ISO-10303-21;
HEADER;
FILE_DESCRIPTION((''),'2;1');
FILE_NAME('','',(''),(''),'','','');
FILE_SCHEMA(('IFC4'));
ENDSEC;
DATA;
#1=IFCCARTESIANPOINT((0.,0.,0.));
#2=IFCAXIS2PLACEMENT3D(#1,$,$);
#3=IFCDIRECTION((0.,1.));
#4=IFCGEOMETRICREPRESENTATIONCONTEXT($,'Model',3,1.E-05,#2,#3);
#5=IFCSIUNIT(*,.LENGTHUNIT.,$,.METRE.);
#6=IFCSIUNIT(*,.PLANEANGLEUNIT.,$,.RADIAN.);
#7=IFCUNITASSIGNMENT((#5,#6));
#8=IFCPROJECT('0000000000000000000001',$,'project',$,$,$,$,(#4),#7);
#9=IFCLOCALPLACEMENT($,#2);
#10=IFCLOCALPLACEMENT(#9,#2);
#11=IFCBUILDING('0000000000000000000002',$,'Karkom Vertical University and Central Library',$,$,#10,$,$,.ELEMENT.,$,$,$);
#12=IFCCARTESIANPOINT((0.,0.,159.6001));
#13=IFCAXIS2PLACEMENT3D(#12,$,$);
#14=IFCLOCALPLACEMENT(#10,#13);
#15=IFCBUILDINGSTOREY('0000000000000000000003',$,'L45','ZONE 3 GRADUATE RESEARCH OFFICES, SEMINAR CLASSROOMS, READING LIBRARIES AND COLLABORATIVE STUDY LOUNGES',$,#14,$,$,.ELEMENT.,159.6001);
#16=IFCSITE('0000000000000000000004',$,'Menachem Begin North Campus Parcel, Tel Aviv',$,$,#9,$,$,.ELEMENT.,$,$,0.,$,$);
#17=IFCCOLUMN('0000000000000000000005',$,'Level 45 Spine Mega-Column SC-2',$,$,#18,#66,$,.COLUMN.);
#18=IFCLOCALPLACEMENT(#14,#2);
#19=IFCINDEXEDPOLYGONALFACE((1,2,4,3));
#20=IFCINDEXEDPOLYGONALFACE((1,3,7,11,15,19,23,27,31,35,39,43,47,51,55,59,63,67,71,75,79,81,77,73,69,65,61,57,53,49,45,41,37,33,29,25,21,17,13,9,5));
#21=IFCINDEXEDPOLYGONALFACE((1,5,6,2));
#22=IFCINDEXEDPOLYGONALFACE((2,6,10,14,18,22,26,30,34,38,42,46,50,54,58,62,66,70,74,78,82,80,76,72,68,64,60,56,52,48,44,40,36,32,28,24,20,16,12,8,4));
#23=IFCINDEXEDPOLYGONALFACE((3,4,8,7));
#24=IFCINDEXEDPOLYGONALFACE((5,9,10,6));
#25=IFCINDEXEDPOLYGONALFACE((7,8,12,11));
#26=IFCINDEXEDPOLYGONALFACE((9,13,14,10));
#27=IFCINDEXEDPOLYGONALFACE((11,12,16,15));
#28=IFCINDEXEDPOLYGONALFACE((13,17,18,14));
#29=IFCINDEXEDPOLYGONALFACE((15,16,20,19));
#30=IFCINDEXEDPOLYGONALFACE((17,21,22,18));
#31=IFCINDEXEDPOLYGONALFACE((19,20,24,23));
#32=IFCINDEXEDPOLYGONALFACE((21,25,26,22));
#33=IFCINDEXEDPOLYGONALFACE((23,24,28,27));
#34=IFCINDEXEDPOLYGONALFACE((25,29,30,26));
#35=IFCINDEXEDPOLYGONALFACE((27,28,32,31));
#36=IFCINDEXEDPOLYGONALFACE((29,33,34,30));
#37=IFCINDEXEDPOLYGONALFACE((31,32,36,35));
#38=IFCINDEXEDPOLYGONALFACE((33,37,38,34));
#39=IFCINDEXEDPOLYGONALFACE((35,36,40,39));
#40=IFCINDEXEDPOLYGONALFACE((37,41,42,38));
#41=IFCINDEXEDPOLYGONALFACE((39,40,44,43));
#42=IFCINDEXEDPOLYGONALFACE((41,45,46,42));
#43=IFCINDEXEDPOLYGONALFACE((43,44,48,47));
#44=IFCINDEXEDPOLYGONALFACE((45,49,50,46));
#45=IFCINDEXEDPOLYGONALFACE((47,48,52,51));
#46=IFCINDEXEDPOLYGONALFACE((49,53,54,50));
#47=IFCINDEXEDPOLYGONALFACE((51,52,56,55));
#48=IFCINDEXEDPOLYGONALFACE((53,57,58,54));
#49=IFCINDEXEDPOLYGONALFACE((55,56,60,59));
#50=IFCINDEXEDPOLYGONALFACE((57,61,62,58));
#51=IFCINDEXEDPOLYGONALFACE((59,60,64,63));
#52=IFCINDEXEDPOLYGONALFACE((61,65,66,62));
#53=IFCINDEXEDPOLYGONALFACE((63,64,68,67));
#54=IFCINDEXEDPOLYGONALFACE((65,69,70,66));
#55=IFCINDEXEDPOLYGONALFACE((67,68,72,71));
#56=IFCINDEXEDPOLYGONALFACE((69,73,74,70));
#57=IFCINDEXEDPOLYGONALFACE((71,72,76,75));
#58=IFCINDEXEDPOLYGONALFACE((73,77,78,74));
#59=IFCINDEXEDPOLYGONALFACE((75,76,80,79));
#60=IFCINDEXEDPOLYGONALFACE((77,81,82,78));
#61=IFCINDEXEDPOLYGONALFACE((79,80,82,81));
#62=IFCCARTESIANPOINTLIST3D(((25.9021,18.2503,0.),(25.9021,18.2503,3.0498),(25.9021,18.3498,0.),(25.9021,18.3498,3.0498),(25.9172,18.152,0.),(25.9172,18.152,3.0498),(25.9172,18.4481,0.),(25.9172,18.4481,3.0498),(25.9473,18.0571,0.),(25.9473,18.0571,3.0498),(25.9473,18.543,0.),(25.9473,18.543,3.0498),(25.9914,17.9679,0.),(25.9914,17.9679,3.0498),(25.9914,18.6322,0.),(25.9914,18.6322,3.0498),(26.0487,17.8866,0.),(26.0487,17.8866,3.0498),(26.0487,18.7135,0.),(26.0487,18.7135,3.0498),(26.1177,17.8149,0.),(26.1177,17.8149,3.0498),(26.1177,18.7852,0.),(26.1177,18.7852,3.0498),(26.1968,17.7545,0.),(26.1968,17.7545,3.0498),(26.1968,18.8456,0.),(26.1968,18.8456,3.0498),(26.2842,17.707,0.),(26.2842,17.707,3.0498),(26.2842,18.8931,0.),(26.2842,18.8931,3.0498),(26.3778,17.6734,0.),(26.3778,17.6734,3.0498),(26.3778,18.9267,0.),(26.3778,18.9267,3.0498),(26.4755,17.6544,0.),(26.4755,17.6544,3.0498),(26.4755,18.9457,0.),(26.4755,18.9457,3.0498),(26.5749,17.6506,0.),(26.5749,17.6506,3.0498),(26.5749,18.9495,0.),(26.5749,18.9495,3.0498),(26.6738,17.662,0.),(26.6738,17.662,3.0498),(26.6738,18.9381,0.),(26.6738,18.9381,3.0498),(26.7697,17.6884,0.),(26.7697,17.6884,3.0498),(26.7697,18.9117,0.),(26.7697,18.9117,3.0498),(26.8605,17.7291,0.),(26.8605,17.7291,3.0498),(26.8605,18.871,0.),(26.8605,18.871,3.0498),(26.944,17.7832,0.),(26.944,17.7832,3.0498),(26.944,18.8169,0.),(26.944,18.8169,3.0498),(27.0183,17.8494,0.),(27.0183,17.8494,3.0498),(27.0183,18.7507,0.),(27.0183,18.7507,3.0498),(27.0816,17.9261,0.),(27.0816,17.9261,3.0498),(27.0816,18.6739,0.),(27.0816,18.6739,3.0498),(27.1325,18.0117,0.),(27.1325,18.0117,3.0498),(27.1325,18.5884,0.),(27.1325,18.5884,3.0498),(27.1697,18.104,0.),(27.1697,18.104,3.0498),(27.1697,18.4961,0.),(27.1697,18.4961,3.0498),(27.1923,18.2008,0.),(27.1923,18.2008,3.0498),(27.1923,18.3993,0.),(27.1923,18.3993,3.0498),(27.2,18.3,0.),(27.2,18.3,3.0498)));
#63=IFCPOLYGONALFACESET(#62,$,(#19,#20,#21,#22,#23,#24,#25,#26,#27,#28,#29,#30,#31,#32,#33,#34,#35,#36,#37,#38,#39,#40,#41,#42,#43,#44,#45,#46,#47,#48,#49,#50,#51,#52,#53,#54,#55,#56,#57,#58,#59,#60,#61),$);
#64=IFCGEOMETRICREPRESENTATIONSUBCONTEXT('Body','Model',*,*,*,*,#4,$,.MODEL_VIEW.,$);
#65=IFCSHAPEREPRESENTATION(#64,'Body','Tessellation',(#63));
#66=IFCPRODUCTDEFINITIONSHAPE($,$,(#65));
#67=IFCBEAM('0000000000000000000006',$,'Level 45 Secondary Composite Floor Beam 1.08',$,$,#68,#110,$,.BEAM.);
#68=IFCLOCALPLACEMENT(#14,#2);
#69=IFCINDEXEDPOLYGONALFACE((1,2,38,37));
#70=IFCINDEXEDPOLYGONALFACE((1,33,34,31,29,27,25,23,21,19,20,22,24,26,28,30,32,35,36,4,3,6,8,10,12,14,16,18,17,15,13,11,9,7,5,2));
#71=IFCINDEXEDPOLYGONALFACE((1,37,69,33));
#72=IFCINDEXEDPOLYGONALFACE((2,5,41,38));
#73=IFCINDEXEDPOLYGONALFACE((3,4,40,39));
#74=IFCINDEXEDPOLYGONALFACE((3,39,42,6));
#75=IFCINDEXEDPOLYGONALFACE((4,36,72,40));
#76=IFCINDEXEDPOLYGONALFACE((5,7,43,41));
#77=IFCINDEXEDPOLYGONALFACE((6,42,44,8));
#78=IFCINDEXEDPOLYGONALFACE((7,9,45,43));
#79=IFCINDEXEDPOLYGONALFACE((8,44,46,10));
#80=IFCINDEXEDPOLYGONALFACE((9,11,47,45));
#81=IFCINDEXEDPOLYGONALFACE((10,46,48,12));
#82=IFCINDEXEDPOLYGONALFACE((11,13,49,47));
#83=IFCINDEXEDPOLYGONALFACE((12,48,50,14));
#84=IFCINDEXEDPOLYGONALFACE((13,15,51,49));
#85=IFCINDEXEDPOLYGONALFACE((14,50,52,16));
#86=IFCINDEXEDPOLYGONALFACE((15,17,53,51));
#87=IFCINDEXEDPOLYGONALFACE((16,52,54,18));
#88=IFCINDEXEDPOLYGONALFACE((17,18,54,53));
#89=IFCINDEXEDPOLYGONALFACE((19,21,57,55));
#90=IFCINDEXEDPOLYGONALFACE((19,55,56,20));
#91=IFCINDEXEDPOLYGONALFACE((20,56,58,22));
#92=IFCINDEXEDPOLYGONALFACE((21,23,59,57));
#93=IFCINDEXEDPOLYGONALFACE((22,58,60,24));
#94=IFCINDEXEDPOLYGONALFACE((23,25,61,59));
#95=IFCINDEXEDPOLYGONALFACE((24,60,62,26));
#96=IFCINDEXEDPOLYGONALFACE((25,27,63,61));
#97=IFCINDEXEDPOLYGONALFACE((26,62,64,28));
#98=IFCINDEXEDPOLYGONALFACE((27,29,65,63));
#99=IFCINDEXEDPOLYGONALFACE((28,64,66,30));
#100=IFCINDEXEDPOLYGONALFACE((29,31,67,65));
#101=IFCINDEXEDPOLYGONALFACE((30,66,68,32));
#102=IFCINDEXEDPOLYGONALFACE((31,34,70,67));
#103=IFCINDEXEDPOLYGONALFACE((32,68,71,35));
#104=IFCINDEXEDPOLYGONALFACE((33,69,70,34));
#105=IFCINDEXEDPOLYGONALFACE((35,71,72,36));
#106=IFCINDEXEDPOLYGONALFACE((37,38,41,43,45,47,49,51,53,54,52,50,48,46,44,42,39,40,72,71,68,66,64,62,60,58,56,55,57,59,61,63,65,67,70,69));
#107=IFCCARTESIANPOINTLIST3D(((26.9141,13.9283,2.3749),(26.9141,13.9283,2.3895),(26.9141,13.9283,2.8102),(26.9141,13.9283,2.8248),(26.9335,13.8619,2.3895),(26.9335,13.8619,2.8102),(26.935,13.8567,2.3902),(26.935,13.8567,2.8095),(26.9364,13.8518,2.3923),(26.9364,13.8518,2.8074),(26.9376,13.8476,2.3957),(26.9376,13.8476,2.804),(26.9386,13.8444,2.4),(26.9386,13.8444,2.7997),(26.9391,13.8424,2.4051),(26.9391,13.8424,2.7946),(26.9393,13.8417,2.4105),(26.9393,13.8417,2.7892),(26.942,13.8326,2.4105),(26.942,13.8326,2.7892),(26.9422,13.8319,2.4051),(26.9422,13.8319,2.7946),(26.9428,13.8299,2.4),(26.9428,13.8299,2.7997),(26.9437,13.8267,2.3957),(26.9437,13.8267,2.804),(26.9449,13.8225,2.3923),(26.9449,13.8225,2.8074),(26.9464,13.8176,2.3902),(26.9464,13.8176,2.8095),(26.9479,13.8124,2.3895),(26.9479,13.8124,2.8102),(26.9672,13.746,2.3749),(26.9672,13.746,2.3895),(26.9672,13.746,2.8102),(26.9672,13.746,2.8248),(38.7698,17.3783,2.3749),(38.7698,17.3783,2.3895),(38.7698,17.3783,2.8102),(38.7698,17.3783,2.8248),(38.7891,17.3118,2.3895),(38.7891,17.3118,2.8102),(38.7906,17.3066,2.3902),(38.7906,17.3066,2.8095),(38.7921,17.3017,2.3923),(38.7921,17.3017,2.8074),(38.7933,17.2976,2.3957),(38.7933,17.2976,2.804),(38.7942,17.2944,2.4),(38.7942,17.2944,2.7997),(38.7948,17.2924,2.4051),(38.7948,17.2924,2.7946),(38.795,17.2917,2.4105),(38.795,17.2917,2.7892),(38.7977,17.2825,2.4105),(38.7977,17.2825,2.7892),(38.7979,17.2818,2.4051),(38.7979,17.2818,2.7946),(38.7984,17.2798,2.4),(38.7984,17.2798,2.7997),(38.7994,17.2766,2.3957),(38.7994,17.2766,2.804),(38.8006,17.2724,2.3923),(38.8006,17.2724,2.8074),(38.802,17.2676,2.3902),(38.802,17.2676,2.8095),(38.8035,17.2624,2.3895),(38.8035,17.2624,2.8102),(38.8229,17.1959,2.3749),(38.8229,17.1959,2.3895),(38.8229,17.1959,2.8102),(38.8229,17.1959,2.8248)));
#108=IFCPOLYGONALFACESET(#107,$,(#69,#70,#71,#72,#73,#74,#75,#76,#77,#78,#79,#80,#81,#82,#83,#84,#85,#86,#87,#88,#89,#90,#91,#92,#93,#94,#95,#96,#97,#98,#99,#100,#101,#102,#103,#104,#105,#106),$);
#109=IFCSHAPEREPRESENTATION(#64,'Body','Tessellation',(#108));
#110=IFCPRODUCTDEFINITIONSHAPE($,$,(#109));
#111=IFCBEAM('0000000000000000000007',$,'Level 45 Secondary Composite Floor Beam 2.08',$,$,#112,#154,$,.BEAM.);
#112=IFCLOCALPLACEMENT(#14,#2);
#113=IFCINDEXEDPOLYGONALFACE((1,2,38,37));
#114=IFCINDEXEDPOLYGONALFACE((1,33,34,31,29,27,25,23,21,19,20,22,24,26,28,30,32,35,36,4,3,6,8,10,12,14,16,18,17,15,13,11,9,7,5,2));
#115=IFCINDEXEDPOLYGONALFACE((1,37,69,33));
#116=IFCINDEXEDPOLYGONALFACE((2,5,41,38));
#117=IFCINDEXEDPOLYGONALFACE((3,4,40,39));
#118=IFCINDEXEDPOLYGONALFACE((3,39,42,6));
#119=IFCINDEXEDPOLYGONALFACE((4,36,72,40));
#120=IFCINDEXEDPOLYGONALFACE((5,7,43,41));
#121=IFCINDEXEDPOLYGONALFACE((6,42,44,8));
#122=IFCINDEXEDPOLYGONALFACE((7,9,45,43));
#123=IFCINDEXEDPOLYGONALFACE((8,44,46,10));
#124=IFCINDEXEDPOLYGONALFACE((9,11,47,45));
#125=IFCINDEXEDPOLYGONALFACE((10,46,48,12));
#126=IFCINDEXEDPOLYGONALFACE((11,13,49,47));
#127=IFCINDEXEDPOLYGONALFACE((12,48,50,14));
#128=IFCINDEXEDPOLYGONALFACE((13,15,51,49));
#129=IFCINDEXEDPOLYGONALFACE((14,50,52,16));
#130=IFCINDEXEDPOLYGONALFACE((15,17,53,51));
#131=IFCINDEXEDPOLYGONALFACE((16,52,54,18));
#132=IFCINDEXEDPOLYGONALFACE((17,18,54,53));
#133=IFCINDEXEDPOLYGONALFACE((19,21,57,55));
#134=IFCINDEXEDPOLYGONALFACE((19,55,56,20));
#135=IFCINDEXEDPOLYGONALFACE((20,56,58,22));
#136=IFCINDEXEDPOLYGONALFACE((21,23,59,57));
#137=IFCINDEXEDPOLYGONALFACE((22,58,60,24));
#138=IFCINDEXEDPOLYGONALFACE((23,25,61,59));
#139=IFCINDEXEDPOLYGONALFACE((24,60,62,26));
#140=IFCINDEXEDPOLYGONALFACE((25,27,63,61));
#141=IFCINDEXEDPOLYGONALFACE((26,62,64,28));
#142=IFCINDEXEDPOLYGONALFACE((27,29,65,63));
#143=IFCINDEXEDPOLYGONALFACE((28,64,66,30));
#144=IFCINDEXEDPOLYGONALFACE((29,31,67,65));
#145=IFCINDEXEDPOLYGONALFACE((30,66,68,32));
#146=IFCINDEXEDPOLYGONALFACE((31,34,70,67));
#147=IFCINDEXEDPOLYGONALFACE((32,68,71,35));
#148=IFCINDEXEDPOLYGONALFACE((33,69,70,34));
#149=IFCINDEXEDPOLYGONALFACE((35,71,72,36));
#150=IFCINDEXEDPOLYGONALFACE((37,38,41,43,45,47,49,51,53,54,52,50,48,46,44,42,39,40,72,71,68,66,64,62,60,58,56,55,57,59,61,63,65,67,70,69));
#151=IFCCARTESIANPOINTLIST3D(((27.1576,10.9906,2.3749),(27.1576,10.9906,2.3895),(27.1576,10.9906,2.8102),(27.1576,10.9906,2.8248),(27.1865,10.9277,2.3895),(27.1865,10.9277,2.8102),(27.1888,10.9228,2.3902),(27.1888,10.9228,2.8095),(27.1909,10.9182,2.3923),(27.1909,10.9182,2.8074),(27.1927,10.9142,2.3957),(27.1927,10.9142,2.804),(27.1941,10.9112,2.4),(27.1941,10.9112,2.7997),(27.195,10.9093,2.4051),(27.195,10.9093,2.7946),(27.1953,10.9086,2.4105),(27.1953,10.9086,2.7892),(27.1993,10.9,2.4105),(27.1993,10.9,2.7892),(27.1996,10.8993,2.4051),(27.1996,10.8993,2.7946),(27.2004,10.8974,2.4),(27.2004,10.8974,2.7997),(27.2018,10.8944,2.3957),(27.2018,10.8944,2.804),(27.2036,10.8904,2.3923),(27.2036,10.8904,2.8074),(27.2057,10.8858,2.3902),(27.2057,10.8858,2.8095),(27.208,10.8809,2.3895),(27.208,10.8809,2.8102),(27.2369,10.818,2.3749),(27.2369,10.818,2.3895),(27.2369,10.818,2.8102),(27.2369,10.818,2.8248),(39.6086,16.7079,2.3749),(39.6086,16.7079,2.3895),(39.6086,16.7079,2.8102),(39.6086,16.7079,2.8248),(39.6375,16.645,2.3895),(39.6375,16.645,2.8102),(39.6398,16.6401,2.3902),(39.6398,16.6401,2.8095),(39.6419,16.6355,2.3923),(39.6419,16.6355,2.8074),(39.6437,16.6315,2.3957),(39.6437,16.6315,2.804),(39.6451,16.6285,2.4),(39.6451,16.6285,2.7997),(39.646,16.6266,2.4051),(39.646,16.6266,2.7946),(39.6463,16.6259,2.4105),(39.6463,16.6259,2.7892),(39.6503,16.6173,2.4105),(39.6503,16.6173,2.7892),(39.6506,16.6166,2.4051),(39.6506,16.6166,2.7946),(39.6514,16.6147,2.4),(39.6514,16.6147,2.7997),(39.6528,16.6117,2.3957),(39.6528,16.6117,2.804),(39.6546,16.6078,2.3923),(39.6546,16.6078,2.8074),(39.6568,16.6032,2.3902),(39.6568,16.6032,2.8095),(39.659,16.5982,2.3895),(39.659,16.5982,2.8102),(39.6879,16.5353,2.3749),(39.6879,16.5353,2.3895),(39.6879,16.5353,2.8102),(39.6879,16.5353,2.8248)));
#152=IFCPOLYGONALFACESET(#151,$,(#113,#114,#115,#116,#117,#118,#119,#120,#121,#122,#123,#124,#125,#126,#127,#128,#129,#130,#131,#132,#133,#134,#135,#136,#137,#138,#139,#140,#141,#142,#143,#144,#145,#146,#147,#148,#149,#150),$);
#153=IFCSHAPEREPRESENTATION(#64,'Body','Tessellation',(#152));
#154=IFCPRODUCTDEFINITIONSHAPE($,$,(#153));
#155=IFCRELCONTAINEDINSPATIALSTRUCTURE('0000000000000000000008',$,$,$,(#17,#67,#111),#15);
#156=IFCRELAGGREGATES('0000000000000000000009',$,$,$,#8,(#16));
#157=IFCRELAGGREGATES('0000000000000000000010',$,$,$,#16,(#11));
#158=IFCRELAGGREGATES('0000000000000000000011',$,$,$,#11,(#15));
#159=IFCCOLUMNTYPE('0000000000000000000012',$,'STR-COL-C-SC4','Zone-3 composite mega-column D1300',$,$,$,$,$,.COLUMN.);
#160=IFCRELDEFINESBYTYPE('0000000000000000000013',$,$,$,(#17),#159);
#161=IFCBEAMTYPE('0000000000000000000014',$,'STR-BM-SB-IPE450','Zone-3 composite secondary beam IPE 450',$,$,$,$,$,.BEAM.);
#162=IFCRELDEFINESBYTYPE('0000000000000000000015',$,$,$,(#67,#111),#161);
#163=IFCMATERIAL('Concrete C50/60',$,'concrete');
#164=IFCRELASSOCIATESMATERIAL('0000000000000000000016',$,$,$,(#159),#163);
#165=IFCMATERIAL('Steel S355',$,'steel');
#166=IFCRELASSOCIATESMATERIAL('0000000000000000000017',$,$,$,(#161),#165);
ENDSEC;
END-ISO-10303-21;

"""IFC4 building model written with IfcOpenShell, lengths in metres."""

from ifc_helpers import new_model, si_unit, direction, frame, origin, origin_with_axes, origin_2d, place, context, subcontext, project, spatial, circle, i_section, extrude, source, transform, mapped, material, material_profile, profile_set, type_object, element, save


model = new_model("IFC4")

# Units and contexts
model_context = context("Model", 3, precision=1e-05, world=origin(), true_north=direction((0.0, 1.0)))
body_context = subcontext(model_context, "Body", "Model", "MODEL_VIEW")
ifc_project = project(units=[si_unit("LENGTHUNIT", "METRE"), si_unit("PLANEANGLEUNIT", "RADIAN")], contexts=[model_context])

# Site, building, storey
site_placement = place(None, origin())
site = spatial("IfcSite", under=ifc_project, at=site_placement, Name="Menachem Begin North Campus Parcel, Tel Aviv", CompositionType="ELEMENT", RefElevation=0.0)
building_placement = place(site_placement, origin())
building = spatial("IfcBuilding", under=site, at=building_placement, Name="Karkom Vertical University and Central Library", CompositionType="ELEMENT")
storey_placement = place(building_placement, frame((0.0, 0.0, 159.6001)))
storey = spatial("IfcBuildingStorey", under=building, at=storey_placement, Name="L45", Description="ZONE 3 GRADUATE RESEARCH OFFICES, SEMINAR CLASSROOMS, READING LIBRARIES AND COLLABORATIVE STUDY LOUNGES", CompositionType="ELEMENT", Elevation=159.6001)

# Column
ifc_material_1 = material(Name="Concrete C50/60", Category="concrete")
ifc_material_profile_1 = material_profile(ifc_material_1, circle(Radius=0.6499, at=origin_2d()), Name="CFT-D1300")
ifc_profile_set_1 = profile_set([ifc_material_profile_1], Name="Concrete C50/60")
column_type = type_object("IfcColumnType", Name="STR-COL-C-SC4", Description="Zone-3 composite mega-column D1300", PredefinedType="COLUMN", material=ifc_profile_set_1)
shared_shape_1 = source(origin_with_axes(), body_context, "Body", "SweptSolid", [
    extrude(circle(Radius=0.6499, at=origin_2d()), origin(), (0.0, 0.0, 1.0), 3.0498),
])
column_placement = place(storey_placement, frame((26.55, 18.3, 0.0), z_axis=(0.0, 0.0, 1.0), x_axis=(1.0, 0.0, 0.0)))
element("IfcColumn", 1, at=column_placement, inside=storey, type_object=column_type, Name="Level 45 Spine Mega-Column SC-2", PredefinedType="COLUMN", context=body_context, shape_type="MappedRepresentation", body=[
    mapped(shared_shape_1, transform((0.0, 0.0, 0.0), scale=1.0)),
])

# Beams
ifc_material_2 = material(Name="Steel S355", Category="steel")
ifc_material_profile_2 = material_profile(ifc_material_2, i_section(OverallWidth=0.1899, OverallDepth=0.45, WebThickness=0.0095, FlangeThickness=0.0146, FilletRadius=0.021, at=origin_2d()), Name="IPE 450")
ifc_profile_set_2 = profile_set([ifc_material_profile_2], Name="Steel S355")
beam_type_1 = type_object("IfcBeamType", Name="STR-BM-SB-IPE450", Description="Zone-3 composite secondary beam IPE 450", PredefinedType="BEAM", material=ifc_profile_set_2)
shared_shape_2 = source(origin_with_axes(), body_context, "Body", "SweptSolid", [
    extrude(i_section(OverallWidth=0.1899, OverallDepth=0.45, WebThickness=0.0095, FlangeThickness=0.0146, FilletRadius=0.021, at=origin_2d()), origin(), (0.0, 0.0, 1.0), 12.3474),
])
beam_1_placement = place(storey_placement, frame((26.9407, 13.8372, 2.5999), z_axis=(0.960173, 0.279405, 0.0), x_axis=(-0.279405, 0.960173, 0.0)))
element("IfcBeam", 2, at=beam_1_placement, inside=storey, type_object=beam_type_1, Name="Level 45 Secondary Composite Floor Beam 1.08", PredefinedType="BEAM", context=body_context, shape_type="MappedRepresentation", body=[
    mapped(shared_shape_2, transform((0.0, 0.0, 0.0), scale=1.0)),
])
shared_shape_3 = source(origin_with_axes(), body_context, "Body", "SweptSolid", [
    extrude(i_section(OverallWidth=0.1899, OverallDepth=0.45, WebThickness=0.0095, FlangeThickness=0.0146, FilletRadius=0.021, at=origin_2d()), origin(), (0.0, 0.0, 1.0), 13.7009),
])
beam_2_placement = place(storey_placement, frame((27.1973, 10.9043, 2.5999), z_axis=(0.908771, 0.417295, 0.0), x_axis=(-0.417295, 0.908771, 0.0)))
element("IfcBeam", 3, at=beam_2_placement, inside=storey, type_object=beam_type_1, Name="Level 45 Secondary Composite Floor Beam 2.08", PredefinedType="BEAM", context=body_context, shape_type="MappedRepresentation", body=[
    mapped(shared_shape_3, transform((0.0, 0.0, 0.0), scale=1.0)),
])

save(model, "model.ifc")
